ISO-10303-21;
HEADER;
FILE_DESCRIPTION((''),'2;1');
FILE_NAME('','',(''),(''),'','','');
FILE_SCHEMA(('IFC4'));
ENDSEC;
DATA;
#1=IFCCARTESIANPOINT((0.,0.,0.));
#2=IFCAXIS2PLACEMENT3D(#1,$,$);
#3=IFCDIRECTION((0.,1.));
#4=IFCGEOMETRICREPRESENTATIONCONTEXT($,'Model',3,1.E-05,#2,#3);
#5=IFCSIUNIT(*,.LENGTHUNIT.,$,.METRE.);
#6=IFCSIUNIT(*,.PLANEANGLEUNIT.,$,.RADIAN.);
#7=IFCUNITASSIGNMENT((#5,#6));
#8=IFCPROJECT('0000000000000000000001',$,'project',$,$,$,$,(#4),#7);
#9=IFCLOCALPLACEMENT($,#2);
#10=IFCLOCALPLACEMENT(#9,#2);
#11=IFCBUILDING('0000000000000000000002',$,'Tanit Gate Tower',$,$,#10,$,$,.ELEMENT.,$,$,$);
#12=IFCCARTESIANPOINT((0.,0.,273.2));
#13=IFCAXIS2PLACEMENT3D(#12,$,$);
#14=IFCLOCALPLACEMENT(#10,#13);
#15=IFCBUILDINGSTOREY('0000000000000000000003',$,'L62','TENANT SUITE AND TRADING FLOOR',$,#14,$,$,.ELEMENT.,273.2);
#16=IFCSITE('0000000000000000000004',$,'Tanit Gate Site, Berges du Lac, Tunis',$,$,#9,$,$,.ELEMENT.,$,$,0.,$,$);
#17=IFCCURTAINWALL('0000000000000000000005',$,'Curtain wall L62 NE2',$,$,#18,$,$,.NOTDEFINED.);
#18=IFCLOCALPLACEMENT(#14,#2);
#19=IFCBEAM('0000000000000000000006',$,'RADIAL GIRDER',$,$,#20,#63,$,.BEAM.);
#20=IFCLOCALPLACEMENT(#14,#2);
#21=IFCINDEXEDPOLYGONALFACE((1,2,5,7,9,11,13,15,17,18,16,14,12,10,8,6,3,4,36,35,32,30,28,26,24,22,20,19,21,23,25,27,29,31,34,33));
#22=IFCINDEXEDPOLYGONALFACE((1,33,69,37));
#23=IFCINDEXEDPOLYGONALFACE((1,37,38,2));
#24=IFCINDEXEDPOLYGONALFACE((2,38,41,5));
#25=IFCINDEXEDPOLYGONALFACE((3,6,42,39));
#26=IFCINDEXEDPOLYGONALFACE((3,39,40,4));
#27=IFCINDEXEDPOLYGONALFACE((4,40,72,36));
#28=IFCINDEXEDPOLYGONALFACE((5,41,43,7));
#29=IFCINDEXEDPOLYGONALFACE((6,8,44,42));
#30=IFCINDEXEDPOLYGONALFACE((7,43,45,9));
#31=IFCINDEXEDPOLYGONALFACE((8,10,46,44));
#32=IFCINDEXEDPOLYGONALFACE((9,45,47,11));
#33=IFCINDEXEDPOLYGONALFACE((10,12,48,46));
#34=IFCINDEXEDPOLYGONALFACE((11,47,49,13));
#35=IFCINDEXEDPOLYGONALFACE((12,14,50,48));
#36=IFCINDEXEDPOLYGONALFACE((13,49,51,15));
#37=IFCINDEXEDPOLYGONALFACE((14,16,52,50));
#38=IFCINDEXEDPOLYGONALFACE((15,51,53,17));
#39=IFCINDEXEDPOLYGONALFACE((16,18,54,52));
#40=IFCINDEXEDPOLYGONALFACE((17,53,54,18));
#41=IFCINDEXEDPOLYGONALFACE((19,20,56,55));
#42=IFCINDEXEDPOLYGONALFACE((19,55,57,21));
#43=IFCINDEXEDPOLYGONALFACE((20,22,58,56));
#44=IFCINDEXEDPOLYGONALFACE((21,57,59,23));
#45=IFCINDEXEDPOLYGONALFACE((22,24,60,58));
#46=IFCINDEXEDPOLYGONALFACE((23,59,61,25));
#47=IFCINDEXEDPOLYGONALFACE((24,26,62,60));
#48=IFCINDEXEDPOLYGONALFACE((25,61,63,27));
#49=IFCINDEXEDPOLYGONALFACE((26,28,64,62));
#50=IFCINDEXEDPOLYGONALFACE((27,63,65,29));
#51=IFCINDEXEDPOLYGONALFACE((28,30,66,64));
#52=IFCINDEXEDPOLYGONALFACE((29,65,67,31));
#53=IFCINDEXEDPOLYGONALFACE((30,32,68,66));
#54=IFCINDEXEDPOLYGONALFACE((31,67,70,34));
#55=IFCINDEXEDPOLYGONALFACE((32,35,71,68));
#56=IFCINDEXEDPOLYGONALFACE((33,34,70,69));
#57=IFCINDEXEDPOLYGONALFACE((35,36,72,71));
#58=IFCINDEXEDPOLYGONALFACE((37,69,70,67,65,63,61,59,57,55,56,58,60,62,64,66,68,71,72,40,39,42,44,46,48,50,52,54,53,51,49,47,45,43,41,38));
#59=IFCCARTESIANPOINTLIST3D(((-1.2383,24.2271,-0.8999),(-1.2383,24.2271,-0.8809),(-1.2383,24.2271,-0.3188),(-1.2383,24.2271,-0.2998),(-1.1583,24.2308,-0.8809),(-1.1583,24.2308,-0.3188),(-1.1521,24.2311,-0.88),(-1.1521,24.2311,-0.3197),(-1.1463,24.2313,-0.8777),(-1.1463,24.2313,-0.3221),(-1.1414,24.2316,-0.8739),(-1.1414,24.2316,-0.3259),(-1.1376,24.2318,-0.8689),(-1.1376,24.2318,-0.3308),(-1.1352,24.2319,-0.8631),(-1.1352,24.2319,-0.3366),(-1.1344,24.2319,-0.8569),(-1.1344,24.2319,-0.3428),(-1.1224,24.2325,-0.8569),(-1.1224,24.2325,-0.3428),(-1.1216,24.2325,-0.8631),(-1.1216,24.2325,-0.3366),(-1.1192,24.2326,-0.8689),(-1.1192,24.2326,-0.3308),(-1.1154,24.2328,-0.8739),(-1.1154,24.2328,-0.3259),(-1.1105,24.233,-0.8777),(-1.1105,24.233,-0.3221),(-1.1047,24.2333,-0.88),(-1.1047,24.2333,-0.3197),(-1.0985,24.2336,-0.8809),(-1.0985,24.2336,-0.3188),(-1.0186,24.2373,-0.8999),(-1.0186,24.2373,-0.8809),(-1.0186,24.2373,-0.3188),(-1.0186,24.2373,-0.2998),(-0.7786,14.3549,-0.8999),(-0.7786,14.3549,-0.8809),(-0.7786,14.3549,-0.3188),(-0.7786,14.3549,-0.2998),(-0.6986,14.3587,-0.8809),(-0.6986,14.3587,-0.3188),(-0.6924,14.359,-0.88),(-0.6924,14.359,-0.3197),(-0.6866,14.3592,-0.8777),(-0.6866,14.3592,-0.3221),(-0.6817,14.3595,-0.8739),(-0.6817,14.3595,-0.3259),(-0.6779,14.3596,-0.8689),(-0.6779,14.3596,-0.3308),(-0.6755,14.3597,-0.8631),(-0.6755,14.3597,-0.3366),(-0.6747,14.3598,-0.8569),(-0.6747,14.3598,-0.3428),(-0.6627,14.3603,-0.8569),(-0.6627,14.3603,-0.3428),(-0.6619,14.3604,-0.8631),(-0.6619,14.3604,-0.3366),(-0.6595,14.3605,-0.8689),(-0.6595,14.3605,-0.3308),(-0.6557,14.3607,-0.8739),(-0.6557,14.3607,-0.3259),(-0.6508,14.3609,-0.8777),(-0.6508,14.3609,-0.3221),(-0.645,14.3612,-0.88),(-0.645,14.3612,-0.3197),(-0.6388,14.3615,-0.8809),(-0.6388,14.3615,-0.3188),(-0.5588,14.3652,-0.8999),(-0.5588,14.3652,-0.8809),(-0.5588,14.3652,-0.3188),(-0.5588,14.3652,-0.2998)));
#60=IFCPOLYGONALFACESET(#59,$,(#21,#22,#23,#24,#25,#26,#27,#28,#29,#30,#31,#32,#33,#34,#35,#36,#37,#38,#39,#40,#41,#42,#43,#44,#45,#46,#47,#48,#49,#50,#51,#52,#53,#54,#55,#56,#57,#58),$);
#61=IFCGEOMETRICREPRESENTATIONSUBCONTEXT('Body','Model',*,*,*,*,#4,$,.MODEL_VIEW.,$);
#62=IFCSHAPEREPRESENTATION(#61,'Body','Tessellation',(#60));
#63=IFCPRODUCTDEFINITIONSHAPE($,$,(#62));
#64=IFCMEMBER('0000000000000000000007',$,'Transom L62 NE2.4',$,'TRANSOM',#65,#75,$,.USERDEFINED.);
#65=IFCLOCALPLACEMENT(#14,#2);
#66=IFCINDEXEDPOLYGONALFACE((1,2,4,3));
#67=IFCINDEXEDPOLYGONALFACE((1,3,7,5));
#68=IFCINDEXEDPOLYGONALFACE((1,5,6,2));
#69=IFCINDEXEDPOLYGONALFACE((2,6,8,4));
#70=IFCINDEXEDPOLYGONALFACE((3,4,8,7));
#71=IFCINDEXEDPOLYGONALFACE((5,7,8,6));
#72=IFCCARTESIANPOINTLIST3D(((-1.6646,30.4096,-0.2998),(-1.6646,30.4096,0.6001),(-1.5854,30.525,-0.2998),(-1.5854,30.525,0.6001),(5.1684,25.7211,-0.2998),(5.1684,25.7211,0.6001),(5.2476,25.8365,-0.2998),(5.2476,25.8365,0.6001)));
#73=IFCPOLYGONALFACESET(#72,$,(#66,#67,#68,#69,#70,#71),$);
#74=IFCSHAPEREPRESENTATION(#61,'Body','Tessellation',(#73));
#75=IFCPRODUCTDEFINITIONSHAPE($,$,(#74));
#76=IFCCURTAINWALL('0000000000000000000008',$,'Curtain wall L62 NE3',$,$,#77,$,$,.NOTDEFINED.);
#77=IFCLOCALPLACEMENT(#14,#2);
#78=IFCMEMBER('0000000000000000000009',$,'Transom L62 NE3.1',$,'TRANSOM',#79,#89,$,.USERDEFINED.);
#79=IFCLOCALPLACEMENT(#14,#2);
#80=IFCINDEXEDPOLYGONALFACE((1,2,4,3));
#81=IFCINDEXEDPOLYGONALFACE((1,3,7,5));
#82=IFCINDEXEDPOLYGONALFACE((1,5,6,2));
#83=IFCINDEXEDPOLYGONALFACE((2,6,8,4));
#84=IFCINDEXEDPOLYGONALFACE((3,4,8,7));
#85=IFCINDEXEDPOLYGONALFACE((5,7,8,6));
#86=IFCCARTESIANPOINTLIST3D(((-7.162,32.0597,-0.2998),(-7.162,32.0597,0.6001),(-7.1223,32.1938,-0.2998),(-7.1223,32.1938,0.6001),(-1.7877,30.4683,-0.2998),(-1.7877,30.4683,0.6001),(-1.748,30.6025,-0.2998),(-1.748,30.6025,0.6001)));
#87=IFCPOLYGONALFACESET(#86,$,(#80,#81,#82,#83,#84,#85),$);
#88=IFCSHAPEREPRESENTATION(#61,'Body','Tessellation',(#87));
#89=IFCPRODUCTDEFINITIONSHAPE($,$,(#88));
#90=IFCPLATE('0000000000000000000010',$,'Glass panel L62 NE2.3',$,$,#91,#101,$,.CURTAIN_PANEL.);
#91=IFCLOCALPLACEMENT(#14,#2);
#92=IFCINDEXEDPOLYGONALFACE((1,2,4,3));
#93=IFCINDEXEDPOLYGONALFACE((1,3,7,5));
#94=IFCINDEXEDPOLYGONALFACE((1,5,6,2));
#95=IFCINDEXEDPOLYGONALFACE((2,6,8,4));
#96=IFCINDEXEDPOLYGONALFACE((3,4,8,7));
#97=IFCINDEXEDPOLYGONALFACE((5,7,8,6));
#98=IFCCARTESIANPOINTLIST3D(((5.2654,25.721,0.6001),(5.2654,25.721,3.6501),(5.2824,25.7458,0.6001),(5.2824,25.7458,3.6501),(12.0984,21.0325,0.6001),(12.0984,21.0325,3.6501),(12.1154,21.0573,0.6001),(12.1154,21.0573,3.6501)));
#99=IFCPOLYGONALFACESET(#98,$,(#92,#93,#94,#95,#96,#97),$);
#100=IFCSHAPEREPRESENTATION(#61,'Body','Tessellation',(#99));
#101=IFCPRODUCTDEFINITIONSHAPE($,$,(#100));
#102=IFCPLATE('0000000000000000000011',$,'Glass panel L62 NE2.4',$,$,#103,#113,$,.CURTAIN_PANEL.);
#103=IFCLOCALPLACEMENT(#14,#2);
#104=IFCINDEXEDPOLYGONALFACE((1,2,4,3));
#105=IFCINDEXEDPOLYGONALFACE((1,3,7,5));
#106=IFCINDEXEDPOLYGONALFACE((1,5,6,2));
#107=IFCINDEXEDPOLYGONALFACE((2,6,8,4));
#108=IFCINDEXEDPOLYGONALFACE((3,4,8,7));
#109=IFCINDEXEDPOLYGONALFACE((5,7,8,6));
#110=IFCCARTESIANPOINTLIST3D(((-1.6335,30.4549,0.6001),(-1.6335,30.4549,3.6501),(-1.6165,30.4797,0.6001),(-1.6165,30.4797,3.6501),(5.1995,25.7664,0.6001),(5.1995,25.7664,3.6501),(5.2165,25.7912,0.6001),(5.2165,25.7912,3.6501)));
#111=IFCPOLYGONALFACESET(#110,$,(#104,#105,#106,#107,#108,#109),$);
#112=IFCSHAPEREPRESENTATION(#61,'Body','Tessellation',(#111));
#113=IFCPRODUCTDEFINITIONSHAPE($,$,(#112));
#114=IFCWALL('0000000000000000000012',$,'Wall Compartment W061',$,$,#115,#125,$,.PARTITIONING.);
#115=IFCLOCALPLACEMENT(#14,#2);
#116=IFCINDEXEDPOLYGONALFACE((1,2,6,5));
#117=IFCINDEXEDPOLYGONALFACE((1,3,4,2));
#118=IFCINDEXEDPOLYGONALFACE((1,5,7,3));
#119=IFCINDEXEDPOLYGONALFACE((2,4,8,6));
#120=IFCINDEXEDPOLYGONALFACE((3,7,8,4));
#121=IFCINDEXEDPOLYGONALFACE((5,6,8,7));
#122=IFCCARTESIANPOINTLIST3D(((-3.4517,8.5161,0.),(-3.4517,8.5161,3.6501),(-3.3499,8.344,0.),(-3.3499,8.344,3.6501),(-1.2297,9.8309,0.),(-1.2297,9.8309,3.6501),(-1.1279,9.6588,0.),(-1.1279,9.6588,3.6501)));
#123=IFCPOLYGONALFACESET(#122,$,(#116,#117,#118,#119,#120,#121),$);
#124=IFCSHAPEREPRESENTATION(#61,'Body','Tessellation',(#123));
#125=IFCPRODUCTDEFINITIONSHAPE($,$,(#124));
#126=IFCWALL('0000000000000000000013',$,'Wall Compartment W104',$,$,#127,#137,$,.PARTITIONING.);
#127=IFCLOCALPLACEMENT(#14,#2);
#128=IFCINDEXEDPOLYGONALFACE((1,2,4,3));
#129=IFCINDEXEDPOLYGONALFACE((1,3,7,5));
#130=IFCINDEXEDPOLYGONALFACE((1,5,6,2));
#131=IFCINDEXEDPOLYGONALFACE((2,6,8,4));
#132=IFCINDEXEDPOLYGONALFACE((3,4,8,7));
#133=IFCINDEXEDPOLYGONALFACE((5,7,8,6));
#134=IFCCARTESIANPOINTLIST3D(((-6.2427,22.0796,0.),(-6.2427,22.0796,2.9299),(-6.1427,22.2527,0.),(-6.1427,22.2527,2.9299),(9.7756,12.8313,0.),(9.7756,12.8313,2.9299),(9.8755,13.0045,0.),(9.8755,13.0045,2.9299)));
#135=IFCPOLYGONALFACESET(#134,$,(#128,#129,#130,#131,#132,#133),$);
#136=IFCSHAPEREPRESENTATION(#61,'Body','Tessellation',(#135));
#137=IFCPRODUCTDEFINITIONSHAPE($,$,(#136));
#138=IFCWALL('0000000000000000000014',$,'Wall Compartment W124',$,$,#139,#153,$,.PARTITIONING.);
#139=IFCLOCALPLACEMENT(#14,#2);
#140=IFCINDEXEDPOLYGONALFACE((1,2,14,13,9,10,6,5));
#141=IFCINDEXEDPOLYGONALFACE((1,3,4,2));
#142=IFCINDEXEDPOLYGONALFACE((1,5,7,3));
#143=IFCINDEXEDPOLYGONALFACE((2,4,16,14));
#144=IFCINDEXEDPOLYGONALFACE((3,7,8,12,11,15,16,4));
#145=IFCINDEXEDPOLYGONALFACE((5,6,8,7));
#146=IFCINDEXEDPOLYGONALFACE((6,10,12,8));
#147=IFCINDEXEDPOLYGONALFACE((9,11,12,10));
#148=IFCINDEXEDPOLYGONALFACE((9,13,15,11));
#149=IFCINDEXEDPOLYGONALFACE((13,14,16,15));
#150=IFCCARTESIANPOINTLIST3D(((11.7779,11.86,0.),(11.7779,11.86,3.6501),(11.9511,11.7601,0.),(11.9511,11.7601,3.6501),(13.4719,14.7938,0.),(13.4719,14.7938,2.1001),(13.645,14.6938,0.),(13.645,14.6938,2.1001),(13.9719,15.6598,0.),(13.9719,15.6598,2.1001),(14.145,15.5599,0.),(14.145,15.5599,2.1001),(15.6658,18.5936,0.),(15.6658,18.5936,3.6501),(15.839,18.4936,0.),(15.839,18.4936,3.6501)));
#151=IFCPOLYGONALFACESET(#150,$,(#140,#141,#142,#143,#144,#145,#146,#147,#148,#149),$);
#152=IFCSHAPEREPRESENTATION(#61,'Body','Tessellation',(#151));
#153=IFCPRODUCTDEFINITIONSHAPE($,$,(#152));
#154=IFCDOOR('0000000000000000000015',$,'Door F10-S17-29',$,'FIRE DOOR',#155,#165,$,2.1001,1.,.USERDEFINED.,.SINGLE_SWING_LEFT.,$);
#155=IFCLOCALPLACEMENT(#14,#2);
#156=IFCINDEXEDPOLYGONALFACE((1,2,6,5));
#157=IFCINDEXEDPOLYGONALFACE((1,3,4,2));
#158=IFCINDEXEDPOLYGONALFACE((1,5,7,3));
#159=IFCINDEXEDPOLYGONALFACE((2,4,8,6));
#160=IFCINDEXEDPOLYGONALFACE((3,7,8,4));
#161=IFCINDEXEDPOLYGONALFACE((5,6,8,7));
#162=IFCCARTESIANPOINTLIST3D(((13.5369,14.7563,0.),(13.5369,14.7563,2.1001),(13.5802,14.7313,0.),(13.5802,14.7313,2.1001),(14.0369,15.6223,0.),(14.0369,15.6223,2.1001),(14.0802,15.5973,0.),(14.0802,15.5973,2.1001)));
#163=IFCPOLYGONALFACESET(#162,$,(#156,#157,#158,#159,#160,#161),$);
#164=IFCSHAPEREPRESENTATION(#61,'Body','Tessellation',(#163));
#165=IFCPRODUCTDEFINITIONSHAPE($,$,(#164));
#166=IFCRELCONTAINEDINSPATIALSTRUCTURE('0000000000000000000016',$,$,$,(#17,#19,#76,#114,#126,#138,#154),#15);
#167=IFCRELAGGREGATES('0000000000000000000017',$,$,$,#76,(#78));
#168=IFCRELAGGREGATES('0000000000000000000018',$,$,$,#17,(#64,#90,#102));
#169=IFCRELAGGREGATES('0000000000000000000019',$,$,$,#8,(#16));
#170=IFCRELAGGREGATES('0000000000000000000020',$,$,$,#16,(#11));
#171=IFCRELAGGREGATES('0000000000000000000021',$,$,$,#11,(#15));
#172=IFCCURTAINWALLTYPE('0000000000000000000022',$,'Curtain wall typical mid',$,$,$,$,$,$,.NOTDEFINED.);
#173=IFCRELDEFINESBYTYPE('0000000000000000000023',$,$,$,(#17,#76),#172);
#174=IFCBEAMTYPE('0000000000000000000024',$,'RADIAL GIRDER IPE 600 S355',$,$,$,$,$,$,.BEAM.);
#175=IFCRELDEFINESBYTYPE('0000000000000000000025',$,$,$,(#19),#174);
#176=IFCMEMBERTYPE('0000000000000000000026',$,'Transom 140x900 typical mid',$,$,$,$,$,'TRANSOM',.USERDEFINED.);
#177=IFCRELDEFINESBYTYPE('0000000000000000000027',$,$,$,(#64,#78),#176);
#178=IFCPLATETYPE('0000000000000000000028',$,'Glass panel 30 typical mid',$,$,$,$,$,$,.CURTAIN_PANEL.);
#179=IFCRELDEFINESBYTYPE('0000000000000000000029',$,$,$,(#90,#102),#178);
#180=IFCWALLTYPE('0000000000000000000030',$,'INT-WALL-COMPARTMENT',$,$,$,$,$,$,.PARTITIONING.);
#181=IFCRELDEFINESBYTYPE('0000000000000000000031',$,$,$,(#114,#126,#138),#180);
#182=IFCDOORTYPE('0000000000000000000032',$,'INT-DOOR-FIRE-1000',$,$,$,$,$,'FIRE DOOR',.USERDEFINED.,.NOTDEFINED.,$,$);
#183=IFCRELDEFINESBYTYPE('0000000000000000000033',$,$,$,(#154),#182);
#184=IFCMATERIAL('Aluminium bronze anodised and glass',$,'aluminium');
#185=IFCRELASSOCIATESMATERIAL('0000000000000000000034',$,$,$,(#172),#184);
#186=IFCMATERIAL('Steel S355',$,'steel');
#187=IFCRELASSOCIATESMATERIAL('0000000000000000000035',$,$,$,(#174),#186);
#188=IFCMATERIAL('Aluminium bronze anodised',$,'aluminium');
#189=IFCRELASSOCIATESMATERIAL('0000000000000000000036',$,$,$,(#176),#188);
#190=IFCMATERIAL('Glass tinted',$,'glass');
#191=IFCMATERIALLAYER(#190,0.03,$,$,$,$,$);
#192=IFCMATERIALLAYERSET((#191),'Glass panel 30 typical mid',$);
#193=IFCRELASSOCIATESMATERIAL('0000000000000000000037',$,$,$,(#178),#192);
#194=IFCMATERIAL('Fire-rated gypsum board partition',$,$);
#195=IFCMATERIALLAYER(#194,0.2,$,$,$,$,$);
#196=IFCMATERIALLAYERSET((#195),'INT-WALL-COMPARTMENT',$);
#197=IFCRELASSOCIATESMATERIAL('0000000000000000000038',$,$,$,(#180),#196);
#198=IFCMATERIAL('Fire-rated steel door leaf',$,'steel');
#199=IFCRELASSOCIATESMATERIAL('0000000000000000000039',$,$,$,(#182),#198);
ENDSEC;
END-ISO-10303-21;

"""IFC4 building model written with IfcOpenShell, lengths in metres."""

from ifc_helpers import new_model, si_unit, direction, frame, frame_2d, origin, origin_2d, place, context, subcontext, project, spatial, rectangle, i_section, extrude, material, layer, layer_set, material_profile, profile_set, type_object, element, fill, aggregate, save


model = new_model("IFC4")

# Units and contexts
model_context = context("Model", 3, precision=1e-05, world=origin(), true_north=direction((0.0, 1.0)))
body_context = subcontext(model_context, "Body", "Model", "MODEL_VIEW")
ifc_project = project(units=[si_unit("LENGTHUNIT", "METRE"), si_unit("PLANEANGLEUNIT", "RADIAN")], contexts=[model_context])

# Site, building, storey
site_placement = place(None, origin())
site = spatial("IfcSite", under=ifc_project, at=site_placement, Name="Tanit Gate Site, Berges du Lac, Tunis", CompositionType="ELEMENT", RefElevation=0.0)
building_placement = place(site_placement, origin())
building = spatial("IfcBuilding", under=site, at=building_placement, Name="Tanit Gate Tower", CompositionType="ELEMENT")
storey_placement = place(building_placement, frame((0.0, 0.0, 273.2)))
storey = spatial("IfcBuildingStorey", under=building, at=storey_placement, Name="L62", Description="TENANT SUITE AND TRADING FLOOR", CompositionType="ELEMENT", Elevation=273.2)

# Curtain wall
ifc_material_1 = material(Name="Aluminium bronze anodised and glass", Category="aluminium")
curtain_wall_type = type_object("IfcCurtainWallType", Name="Curtain wall typical mid", PredefinedType="NOTDEFINED", material=ifc_material_1)
curtain_wall_1_placement = place(storey_placement, origin())
curtain_wall_1 = element("IfcCurtainWall", 1, at=curtain_wall_1_placement, inside=storey, type_object=curtain_wall_type, Name="Curtain wall L62 NE2", PredefinedType="NOTDEFINED")

# Beam
ifc_material_2 = material(Name="Steel S355", Category="steel")
ifc_material_profile_1 = material_profile(ifc_material_2, i_section(OverallWidth=0.22, OverallDepth=0.6001, WebThickness=0.012, FlangeThickness=0.019, FilletRadius=0.0239, at=origin_2d()), Name="IPE 600")
ifc_profile_set_1 = profile_set([ifc_material_profile_1], Name="Steel S355")
beam_type = type_object("IfcBeamType", Name="RADIAL GIRDER IPE 600 S355", PredefinedType="BEAM", material=ifc_profile_set_1)
beam_1_placement = place(storey_placement, frame((-1.1284, 24.2322, -0.5999), z_axis=(0.046517, -0.998917, 0.0), x_axis=(0.998917, 0.046517, 0.0)))
element("IfcBeam", 2, at=beam_1_placement, inside=storey, type_object=beam_type, Name="RADIAL GIRDER", PredefinedType="BEAM", context=body_context, shape_type="SweptSolid", body=[
    extrude(i_section(OverallWidth=0.22, OverallDepth=0.6001, WebThickness=0.012, FlangeThickness=0.019, FilletRadius=0.0239, at=origin_2d()), origin(), (0.0, 0.0, 1.0), 9.8828),
])

# Member
ifc_material_3 = material(Name="Aluminium bronze anodised", Category="aluminium")
ifc_material_profile_2 = material_profile(ifc_material_3, rectangle(XDim=0.1399, YDim=0.8999, at=origin_2d()), Name="140x900 bronze transom")
ifc_profile_set_2 = profile_set([ifc_material_profile_2], Name="Aluminium bronze anodised")
member_type_1 = type_object("IfcMemberType", Name="Transom 140x900 typical mid", ElementType="TRANSOM", PredefinedType="USERDEFINED", material=ifc_profile_set_2)
member_1_placement = place(storey_placement, frame((5.208, 25.7788, 0.1501), z_axis=(-0.824561, 0.565773, 0.0), x_axis=(-0.565773, -0.824561, 0.0)))
member_1 = element("IfcMember", 3, at=member_1_placement, type_object=member_type_1, Name="Transom L62 NE2.4", ObjectType="TRANSOM", PredefinedType="USERDEFINED", context=body_context, shape_type="SweptSolid", body=[
    extrude(rectangle(XDim=0.1399, YDim=0.8999, at=origin_2d()), origin(), (0.0, 0.0, 1.0), 8.2869),
])

# Curtain wall, member
curtain_wall_2_placement = place(storey_placement, origin())
curtain_wall_2 = element("IfcCurtainWall", 4, at=curtain_wall_2_placement, inside=storey, type_object=curtain_wall_type, Name="Curtain wall L62 NE3", PredefinedType="NOTDEFINED")
member_2_placement = place(storey_placement, frame((-1.7678, 30.5354, 0.1501), z_axis=(-0.95885, 0.283913, 0.0), x_axis=(-0.283913, -0.95885, 0.0)))
member_2 = element("IfcMember", 5, at=member_2_placement, type_object=member_type_1, Name="Transom L62 NE3.1", ObjectType="TRANSOM", PredefinedType="USERDEFINED", context=body_context, shape_type="SweptSolid", body=[
    extrude(rectangle(XDim=0.1399, YDim=0.8999, at=origin_2d()), origin(), (0.0, 0.0, 1.0), 5.605),
])
aggregate(curtain_wall_2, [member_2])

# Plates
ifc_material_4 = material(Name="Glass tinted", Category="glass")
ifc_layer_1 = layer(ifc_material_4, 0.03)
ifc_layer_set_1 = layer_set([ifc_layer_1], Name="Glass panel 30 typical mid")
plate_type = type_object("IfcPlateType", Name="Glass panel 30 typical mid", PredefinedType="CURTAIN_PANEL", material=ifc_layer_set_1)
plate_1_placement = place(storey_placement, frame((8.6904, 23.3892, 0.6001), z_axis=(0.0, 0.0, 1.0), x_axis=(-0.824557, 0.56578, 0.0)))
plate_1 = element("IfcPlate", 6, at=plate_1_placement, type_object=plate_type, Name="Glass panel L62 NE2.3", PredefinedType="CURTAIN_PANEL", context=body_context, shape_type="SweptSolid", body=[
    extrude(rectangle(XDim=8.2869, YDim=0.03, at=origin_2d()), origin(), (0.0, 0.0, 1.0), 3.05),
])
plate_2_placement = place(storey_placement, frame((1.7915, 28.123, 0.6001), z_axis=(0.0, 0.0, 1.0), x_axis=(-0.824557, 0.56578, 0.0)))
plate_2 = element("IfcPlate", 7, at=plate_2_placement, type_object=plate_type, Name="Glass panel L62 NE2.4", PredefinedType="CURTAIN_PANEL", context=body_context, shape_type="SweptSolid", body=[
    extrude(rectangle(XDim=8.2869, YDim=0.03, at=origin_2d()), origin(), (0.0, 0.0, 1.0), 3.05),
])
aggregate(curtain_wall_1, [member_1, plate_1, plate_2])

# Walls
ifc_material_5 = material(Name="Fire-rated gypsum board partition")
ifc_layer_2 = layer(ifc_material_5, 0.2)
ifc_layer_set_2 = layer_set([ifc_layer_2], Name="INT-WALL-COMPARTMENT")
wall_type_1 = type_object("IfcWallType", Name="INT-WALL-COMPARTMENT", PredefinedType="PARTITIONING", material=ifc_layer_set_2)
wall_1_placement = place(storey_placement, frame((-1.1787, 9.7449, 0.0), z_axis=(0.0, 0.0, 1.0), x_axis=(-0.860631, -0.509229, 0.0)))
element("IfcWall", 8, at=wall_1_placement, inside=storey, type_object=wall_type_1, Name="Wall Compartment W061", PredefinedType="PARTITIONING", context=body_context, shape_type="SweptSolid", body=[
    extrude(rectangle(XDim=2.5818, YDim=0.2, at=frame_2d((1.291, 0.0))), origin(), (0.0, 0.0, 1.0), 3.6501),
])
wall_2_placement = place(storey_placement, frame((9.8254, 12.918, 0.0), z_axis=(0.0, 0.0, 1.0), x_axis=(-0.866023, 0.500005, 0.0)))
element("IfcWall", 9, at=wall_2_placement, inside=storey, type_object=wall_type_1, Name="Wall Compartment W104", PredefinedType="PARTITIONING", context=body_context, shape_type="SweptSolid", body=[
    extrude(rectangle(XDim=18.4963, YDim=0.2, at=frame_2d((9.248, 0.0))), origin(), (0.0, 0.0, 1.0), 2.9299),
])

# Wall, opening, door
wall_3_placement = place(storey_placement, frame((11.8645, 11.8101, 0.0), z_axis=(0.0, 0.0, 1.0), x_axis=(0.500026, 0.86601, 0.0)))
wall_3 = element("IfcWall", 10, at=wall_3_placement, inside=storey, type_object=wall_type_1, Name="Wall Compartment W124", PredefinedType="PARTITIONING", context=body_context, shape_type="SweptSolid", body=[
    extrude(rectangle(XDim=7.7754, YDim=0.2, at=frame_2d((3.8877, 0.0))), origin(), (0.0, 0.0, 1.0), 3.6501),
])
opening_1_placement = place(wall_3_placement, frame((3.3877, 0.0, 0.0)))
opening_1 = element("IfcOpeningElement", 11, at=opening_1_placement, cuts=wall_3, PredefinedType="OPENING", context=body_context, shape_type="SweptSolid", body=[
    extrude(rectangle(XDim=1.0, YDim=2.1001, at=frame_2d((0.5, 1.05))), frame((0.0, 0.1099, 0.0), z_axis=(0.0, -1.0, 0.0), x_axis=(1.0, 0.0, 0.0)), (0.0, 0.0, 1.0), 0.22),
])
ifc_material_6 = material(Name="Fire-rated steel door leaf", Category="steel")
door_type_1 = type_object("IfcDoorType", Name="INT-DOOR-FIRE-1000", ElementType="FIRE DOOR", OperationType="NOTDEFINED", PredefinedType="USERDEFINED", material=ifc_material_6)
door_1_placement = place(opening_1_placement, origin())
door_1 = element("IfcDoor", 12, at=door_1_placement, inside=storey, type_object=door_type_1, Name="Door F10-S17-29", ObjectType="FIRE DOOR", OperationType="SINGLE_SWING_LEFT", OverallHeight=2.1001, OverallWidth=1.0, PredefinedType="USERDEFINED", context=body_context, shape_type="SweptSolid", body=[
    extrude(rectangle(XDim=1.0, YDim=2.1001, at=frame_2d((0.5, 1.05))), frame((0.0, 0.0249, 0.0), z_axis=(0.0, -1.0, 0.0), x_axis=(1.0, 0.0, 0.0)), (0.0, 0.0, 1.0), 0.05),
])
fill(opening_1, door_1)

save(model, "model.ifc")
